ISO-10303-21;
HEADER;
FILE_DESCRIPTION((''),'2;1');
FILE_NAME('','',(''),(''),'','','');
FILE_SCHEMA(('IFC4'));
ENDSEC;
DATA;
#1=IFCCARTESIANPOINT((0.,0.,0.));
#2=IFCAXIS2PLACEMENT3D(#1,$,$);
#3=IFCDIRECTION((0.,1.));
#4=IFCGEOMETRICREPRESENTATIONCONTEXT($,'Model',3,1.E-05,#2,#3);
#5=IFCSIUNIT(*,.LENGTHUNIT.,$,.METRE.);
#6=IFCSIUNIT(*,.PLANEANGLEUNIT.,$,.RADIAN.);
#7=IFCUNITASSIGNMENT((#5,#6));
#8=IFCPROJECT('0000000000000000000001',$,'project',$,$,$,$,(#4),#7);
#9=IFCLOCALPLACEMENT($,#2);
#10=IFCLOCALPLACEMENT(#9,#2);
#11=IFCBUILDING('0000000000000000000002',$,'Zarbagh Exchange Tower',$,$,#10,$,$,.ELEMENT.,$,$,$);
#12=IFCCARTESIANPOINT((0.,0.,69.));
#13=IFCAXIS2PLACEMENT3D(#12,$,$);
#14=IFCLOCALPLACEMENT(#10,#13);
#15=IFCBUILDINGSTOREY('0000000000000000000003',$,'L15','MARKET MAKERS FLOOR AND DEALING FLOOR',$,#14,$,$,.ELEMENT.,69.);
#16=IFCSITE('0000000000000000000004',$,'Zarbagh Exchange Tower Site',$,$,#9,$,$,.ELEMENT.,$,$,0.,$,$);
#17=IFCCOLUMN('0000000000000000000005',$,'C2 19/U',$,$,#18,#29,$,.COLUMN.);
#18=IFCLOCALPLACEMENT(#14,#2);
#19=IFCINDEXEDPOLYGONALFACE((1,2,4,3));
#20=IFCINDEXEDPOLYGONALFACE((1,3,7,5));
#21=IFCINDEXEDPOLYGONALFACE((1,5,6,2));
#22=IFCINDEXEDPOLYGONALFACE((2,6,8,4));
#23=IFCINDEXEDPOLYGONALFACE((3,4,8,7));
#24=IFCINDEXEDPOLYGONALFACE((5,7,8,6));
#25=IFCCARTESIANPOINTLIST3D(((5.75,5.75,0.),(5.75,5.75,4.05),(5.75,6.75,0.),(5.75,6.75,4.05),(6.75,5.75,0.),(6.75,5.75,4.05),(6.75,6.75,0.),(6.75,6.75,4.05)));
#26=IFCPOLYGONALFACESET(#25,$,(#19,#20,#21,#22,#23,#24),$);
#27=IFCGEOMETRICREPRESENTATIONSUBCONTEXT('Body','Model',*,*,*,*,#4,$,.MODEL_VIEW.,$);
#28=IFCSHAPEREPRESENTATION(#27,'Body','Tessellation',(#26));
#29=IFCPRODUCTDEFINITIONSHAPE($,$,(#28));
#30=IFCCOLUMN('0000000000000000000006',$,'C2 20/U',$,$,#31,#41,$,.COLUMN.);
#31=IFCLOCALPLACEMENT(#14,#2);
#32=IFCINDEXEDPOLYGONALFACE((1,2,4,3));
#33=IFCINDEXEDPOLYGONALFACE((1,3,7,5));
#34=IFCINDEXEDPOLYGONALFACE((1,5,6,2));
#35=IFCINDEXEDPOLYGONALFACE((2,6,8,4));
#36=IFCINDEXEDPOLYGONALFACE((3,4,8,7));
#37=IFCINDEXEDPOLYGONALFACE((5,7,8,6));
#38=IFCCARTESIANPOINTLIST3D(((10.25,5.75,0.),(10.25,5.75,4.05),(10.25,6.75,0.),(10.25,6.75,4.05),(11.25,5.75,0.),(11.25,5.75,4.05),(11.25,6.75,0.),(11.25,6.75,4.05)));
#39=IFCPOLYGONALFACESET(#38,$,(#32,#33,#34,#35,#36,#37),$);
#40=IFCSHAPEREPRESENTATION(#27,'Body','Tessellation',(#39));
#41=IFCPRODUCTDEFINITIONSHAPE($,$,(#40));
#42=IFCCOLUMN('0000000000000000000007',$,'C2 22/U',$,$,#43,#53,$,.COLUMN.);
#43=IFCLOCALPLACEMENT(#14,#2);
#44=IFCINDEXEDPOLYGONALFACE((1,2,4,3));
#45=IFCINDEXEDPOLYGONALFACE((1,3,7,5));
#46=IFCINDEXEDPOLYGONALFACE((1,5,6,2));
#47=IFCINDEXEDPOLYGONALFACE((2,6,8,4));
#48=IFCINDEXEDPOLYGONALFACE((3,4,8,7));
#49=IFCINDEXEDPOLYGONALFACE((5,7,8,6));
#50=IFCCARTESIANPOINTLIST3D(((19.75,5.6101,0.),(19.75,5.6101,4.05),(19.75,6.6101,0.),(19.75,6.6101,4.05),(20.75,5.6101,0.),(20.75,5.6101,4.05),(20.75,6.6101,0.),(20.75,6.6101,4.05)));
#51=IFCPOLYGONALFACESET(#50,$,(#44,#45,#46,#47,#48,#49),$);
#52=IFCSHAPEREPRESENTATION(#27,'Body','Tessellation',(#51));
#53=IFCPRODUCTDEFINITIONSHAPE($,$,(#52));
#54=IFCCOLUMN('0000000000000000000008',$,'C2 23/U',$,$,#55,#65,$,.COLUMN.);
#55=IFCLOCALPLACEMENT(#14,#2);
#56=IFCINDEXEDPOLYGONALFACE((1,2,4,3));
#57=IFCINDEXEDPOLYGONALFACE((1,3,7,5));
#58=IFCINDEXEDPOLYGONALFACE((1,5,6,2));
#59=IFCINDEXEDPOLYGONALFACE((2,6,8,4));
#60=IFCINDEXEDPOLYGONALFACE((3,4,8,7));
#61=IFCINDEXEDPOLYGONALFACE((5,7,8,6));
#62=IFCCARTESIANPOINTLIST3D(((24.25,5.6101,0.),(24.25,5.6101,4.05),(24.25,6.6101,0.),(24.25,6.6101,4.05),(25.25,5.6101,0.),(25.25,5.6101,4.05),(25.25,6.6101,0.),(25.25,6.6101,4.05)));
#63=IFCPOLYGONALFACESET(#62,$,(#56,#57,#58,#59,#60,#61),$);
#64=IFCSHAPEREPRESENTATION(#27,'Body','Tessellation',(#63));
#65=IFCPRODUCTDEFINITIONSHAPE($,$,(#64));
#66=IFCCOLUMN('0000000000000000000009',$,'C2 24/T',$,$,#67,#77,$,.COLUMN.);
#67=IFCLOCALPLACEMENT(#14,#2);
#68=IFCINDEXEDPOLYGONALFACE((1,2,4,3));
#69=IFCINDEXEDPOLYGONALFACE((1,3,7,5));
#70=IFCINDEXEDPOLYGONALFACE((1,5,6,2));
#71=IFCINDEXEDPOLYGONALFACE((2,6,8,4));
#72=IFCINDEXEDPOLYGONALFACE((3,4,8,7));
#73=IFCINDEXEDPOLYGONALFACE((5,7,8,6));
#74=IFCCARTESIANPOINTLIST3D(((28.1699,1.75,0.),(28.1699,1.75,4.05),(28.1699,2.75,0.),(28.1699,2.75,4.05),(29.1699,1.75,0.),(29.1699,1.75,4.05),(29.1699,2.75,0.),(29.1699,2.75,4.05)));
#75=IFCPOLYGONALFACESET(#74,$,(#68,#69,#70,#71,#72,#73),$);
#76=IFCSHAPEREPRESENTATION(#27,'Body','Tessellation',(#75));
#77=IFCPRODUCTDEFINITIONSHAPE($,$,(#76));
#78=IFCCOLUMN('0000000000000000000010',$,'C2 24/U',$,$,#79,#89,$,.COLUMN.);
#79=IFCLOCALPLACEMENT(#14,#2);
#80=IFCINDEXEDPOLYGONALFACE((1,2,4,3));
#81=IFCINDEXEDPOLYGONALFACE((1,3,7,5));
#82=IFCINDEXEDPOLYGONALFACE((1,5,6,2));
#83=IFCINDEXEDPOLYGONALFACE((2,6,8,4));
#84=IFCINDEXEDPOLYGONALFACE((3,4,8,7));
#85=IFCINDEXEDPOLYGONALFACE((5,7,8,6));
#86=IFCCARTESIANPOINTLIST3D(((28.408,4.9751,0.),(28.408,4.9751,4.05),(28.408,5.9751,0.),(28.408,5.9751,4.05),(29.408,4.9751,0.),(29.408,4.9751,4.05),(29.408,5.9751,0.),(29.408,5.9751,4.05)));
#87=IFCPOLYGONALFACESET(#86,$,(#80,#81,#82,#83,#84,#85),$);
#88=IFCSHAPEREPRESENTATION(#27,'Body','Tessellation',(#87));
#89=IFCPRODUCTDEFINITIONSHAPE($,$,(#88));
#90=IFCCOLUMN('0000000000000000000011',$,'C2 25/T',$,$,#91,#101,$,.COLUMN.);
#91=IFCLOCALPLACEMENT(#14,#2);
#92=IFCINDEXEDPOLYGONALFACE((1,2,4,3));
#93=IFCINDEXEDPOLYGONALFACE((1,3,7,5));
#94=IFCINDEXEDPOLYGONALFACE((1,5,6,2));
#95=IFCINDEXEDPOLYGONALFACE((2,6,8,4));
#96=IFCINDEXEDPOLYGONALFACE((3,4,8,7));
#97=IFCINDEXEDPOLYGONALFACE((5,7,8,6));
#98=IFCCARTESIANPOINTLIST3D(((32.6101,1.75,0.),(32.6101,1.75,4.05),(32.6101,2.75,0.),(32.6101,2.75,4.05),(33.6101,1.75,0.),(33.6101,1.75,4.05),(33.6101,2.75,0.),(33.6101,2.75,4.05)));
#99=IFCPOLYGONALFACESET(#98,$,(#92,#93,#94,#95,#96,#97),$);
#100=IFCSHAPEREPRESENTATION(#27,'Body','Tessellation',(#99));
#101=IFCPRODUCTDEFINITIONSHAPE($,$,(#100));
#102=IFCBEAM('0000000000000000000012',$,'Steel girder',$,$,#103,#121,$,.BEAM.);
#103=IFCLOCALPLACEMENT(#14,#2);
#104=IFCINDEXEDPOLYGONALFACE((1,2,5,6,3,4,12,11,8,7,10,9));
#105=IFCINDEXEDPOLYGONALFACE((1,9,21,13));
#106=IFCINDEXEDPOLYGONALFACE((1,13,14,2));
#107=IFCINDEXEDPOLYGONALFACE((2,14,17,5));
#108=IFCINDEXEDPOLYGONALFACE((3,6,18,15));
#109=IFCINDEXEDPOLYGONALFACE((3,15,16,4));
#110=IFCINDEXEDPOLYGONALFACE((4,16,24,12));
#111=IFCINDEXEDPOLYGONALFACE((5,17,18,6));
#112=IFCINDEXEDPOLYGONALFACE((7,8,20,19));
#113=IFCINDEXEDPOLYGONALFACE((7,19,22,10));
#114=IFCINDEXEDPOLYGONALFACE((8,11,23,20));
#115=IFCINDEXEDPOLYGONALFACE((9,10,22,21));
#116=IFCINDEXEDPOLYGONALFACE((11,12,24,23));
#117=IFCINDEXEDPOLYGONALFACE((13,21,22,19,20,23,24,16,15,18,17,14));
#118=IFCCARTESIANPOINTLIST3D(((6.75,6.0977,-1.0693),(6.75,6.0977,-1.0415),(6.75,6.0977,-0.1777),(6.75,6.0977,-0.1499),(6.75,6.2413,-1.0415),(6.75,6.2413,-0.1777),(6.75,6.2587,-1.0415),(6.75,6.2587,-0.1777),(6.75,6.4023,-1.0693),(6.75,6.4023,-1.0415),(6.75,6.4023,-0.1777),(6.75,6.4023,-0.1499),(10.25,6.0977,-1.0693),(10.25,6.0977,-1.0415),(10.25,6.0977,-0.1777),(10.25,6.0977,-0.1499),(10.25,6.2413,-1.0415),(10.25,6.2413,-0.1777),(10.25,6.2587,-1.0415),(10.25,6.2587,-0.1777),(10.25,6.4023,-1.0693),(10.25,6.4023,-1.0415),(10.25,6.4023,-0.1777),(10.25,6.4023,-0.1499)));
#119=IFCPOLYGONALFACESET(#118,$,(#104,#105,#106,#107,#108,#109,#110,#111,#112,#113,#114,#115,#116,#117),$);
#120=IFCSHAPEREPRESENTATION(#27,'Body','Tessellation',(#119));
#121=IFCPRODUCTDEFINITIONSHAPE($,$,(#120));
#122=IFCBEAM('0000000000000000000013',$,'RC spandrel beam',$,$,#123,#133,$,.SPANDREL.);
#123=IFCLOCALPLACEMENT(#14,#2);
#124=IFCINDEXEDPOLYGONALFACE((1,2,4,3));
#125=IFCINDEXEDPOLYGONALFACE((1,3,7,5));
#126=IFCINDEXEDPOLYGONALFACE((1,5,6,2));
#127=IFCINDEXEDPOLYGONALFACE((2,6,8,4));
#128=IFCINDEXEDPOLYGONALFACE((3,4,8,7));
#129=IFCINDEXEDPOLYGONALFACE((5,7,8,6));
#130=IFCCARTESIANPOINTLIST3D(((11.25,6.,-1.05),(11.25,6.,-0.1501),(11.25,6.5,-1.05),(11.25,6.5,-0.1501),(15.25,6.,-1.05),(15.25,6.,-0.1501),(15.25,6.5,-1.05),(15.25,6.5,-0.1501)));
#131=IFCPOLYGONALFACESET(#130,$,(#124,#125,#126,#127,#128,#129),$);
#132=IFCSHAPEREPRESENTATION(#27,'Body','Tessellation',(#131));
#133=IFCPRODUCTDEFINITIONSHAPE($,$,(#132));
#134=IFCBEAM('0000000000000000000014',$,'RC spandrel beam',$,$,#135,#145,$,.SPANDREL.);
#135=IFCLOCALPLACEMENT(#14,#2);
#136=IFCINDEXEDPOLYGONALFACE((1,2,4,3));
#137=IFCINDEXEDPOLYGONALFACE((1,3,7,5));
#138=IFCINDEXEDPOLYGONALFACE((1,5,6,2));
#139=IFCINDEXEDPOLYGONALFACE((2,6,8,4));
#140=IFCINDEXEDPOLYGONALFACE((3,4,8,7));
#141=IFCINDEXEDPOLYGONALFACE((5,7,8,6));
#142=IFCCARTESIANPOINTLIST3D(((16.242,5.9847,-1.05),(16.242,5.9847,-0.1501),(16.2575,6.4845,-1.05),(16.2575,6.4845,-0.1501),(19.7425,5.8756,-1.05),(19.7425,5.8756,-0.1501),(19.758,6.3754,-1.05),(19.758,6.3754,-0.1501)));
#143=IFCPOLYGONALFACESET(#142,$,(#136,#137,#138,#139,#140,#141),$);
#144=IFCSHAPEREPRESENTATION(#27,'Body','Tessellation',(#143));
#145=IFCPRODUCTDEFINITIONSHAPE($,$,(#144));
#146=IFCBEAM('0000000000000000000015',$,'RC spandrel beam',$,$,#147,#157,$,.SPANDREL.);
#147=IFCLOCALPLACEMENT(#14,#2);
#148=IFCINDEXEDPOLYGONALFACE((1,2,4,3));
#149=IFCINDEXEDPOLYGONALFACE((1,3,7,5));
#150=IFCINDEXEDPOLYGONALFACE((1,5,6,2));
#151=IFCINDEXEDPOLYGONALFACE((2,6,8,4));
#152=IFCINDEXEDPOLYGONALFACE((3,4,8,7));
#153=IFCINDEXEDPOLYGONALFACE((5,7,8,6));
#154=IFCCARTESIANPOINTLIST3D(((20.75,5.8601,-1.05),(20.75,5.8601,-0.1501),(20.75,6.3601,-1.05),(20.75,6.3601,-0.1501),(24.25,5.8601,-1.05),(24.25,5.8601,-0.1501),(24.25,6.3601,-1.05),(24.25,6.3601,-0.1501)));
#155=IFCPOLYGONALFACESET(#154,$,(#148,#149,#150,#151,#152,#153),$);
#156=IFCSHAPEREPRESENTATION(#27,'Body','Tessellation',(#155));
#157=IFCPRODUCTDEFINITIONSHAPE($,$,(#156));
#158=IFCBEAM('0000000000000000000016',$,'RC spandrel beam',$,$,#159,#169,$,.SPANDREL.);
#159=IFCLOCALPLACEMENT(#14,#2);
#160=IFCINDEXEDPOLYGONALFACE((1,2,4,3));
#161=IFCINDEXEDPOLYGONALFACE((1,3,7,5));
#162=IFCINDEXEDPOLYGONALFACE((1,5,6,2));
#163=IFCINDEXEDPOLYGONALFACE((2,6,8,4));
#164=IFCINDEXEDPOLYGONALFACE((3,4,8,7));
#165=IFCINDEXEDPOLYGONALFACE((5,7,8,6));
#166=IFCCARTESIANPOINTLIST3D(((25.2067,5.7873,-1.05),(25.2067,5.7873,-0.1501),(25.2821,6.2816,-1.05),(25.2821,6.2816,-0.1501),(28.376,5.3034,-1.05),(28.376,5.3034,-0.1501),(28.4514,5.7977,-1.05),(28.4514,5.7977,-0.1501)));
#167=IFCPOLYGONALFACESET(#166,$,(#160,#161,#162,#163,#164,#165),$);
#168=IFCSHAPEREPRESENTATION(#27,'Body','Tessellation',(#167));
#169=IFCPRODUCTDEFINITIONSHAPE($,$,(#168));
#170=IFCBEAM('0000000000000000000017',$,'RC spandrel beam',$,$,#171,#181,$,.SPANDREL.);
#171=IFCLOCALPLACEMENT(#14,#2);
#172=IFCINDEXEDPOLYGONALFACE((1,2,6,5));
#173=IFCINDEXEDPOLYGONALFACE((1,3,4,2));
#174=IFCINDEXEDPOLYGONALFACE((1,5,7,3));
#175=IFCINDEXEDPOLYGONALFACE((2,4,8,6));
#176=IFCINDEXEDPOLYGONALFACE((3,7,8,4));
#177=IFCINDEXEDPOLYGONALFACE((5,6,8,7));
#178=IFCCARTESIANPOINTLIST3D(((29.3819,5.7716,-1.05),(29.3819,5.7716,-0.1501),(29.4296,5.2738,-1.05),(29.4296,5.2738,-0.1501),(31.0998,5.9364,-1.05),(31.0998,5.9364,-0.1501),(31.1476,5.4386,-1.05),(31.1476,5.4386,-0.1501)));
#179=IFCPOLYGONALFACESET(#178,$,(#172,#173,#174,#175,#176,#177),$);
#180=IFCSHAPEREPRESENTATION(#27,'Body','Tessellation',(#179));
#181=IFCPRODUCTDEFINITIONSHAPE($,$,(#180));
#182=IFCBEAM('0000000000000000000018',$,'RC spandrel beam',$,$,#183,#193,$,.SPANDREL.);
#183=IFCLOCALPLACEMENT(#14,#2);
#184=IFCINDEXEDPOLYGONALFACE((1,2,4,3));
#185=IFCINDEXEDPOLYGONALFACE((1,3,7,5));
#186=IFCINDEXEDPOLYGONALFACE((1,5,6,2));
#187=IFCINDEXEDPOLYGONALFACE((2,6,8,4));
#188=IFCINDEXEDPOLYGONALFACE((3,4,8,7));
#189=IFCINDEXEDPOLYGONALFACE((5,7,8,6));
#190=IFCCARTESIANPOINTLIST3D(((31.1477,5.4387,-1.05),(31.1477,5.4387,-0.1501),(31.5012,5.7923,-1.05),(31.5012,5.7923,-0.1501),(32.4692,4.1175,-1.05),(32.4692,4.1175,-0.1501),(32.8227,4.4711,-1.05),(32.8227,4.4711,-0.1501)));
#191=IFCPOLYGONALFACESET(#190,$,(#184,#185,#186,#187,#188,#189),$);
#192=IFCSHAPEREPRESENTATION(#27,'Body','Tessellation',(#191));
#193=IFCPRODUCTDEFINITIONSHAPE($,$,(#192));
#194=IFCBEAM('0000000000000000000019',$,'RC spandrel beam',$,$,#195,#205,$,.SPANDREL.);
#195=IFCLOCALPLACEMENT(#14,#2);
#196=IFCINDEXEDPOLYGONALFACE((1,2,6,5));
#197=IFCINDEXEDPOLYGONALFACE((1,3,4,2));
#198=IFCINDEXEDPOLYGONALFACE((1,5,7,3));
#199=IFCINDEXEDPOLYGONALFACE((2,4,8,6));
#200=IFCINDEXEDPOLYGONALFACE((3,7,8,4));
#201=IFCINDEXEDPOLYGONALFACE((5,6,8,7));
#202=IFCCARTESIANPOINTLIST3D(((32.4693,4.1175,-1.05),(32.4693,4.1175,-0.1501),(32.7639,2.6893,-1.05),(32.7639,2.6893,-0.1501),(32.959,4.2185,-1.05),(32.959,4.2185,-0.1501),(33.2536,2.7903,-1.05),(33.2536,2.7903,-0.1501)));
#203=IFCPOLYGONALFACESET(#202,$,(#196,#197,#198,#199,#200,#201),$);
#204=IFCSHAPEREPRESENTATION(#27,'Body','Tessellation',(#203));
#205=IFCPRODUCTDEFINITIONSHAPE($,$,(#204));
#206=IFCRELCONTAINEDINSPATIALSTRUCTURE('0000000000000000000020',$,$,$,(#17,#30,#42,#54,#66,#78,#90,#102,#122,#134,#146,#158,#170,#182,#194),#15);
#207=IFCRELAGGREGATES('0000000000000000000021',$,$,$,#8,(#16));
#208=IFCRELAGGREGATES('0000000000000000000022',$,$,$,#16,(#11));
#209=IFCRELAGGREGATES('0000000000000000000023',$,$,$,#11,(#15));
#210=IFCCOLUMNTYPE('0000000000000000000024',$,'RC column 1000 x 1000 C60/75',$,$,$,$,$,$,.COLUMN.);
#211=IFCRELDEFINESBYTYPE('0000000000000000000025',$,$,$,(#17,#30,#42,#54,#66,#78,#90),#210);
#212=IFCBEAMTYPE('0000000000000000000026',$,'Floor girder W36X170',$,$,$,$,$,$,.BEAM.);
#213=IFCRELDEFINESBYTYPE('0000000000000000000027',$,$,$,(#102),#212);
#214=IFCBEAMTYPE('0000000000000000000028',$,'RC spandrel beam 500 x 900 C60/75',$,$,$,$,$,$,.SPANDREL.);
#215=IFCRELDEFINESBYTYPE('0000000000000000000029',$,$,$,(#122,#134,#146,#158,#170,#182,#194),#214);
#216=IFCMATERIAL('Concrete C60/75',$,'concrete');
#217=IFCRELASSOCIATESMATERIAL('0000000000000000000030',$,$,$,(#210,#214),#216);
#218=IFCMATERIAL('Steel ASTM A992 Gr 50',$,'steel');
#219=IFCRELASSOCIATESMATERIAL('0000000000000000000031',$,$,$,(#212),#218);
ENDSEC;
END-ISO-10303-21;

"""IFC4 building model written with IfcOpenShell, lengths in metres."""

from ifc_helpers import new_model, si_unit, direction, frame, origin, origin_2d, place, context, subcontext, project, spatial, rectangle, i_section, extrude, material, material_profile, profile_set, type_object, element, save


model = new_model("IFC4")

# Units and contexts
model_context = context("Model", 3, precision=1e-05, world=origin(), true_north=direction((0.0, 1.0)))
body_context = subcontext(model_context, "Body", "Model", "MODEL_VIEW")
ifc_project = project(units=[si_unit("LENGTHUNIT", "METRE"), si_unit("PLANEANGLEUNIT", "RADIAN")], contexts=[model_context])

# Site, building, storey
site_placement = place(None, origin())
site = spatial("IfcSite", under=ifc_project, at=site_placement, Name="Zarbagh Exchange Tower Site", CompositionType="ELEMENT", RefElevation=0.0)
building_placement = place(site_placement, origin())
building = spatial("IfcBuilding", under=site, at=building_placement, Name="Zarbagh Exchange Tower", CompositionType="ELEMENT")
storey_placement = place(building_placement, frame((0.0, 0.0, 69.0)))
storey = spatial("IfcBuildingStorey", under=building, at=storey_placement, Name="L15", Description="MARKET MAKERS FLOOR AND DEALING FLOOR", CompositionType="ELEMENT", Elevation=69.0)

# Columns
ifc_material_1 = material(Name="Concrete C60/75", Category="concrete")
ifc_material_profile_1 = material_profile(ifc_material_1, rectangle(XDim=1.0, YDim=1.0, at=origin_2d()), Name="RC column 1000 x 1000 C60/75")
ifc_profile_set_1 = profile_set([ifc_material_profile_1], Name="Concrete C60/75")
column_type = type_object("IfcColumnType", Name="RC column 1000 x 1000 C60/75", PredefinedType="COLUMN", material=ifc_profile_set_1)
for number, where, z_axis, x_axis, name in (
    (1, (6.25, 6.25, 0.0), (0.0, 0.0, 1.0), (1.0, 0.0, 0.0), "C2 19/U"),
    (2, (10.75, 6.25, 0.0), (0.0, 0.0, 1.0), (1.0, 0.0, 0.0), "C2 20/U"),
    (3, (20.25, 6.1101, 0.0), (0.0, 0.0, 1.0), (1.0, 0.0, 0.0), "C2 22/U"),
    (4, (24.75, 6.1101, 0.0), (0.0, 0.0, 1.0), (1.0, 0.0, 0.0), "C2 23/U"),
    (5, (28.6699, 2.25, 0.0), (0.0, 0.0, 1.0), (1.0, 0.0, 0.0), "C2 24/T"),
    (6, (28.908, 5.4751, 0.0), (0.0, 0.0, 1.0), (1.0, 0.0, 0.0), "C2 24/U"),
    (7, (33.1101, 2.25, 0.0), (0.0, 0.0, 1.0), (1.0, 0.0, 0.0), "C2 25/T"),
):
    element("IfcColumn", number, at=place(storey_placement, frame(where, z_axis=z_axis, x_axis=x_axis)), inside=storey, type_object=column_type, Name=name, PredefinedType="COLUMN", context=body_context, shape_type="SweptSolid", body=[
        extrude(rectangle(XDim=1.0, YDim=1.0, at=origin_2d()), origin(), (0.0, 0.0, 1.0), 4.05),
    ])

# Beams
ifc_material_2 = material(Name="Steel ASTM A992 Gr 50", Category="steel")
ifc_material_profile_2 = material_profile(ifc_material_2, i_section(OverallWidth=0.3047, OverallDepth=0.9194, WebThickness=0.0173, FlangeThickness=0.0278, at=origin_2d()), Name="W36X170")
ifc_profile_set_2 = profile_set([ifc_material_profile_2], Name="Steel ASTM A992 Gr 50")
beam_type_1 = type_object("IfcBeamType", Name="Floor girder W36X170", PredefinedType="BEAM", material=ifc_profile_set_2)
beam_1_placement = place(storey_placement, frame((6.75, 6.25, -0.6096), z_axis=(1.0, 0.0, 0.0), x_axis=(0.0, 1.0, 0.0)))
element("IfcBeam", 8, at=beam_1_placement, inside=storey, type_object=beam_type_1, Name="Steel girder", PredefinedType="BEAM", context=body_context, shape_type="SweptSolid", body=[
    extrude(i_section(OverallWidth=0.3047, OverallDepth=0.9194, WebThickness=0.0173, FlangeThickness=0.0278, at=origin_2d()), origin(), (0.0, 0.0, 1.0), 3.5),
])
ifc_material_profile_3 = material_profile(ifc_material_1, rectangle(XDim=0.5, YDim=0.8999, at=origin_2d()), Name="RC spandrel beam 500 x 900 C60/75")
ifc_profile_set_3 = profile_set([ifc_material_profile_3], Name="Concrete C60/75")
beam_type_2 = type_object("IfcBeamType", Name="RC spandrel beam 500 x 900 C60/75", PredefinedType="SPANDREL", material=ifc_profile_set_3)
beam_2_placement = place(storey_placement, frame((11.25, 6.25, -0.6001), z_axis=(1.0, 0.0, 0.0), x_axis=(0.0, 1.0, 0.0)))
element("IfcBeam", 9, at=beam_2_placement, inside=storey, type_object=beam_type_2, Name="RC spandrel beam", PredefinedType="SPANDREL", context=body_context, shape_type="SweptSolid", body=[
    extrude(rectangle(XDim=0.5, YDim=0.8999, at=origin_2d()), origin(), (0.0, 0.0, 1.0), 4.0),
])
beam_3_placement = place(storey_placement, frame((16.2498, 6.2346, -0.6001), z_axis=(0.999514, -0.031161, 0.0), x_axis=(0.031161, 0.999514, 0.0)))
element("IfcBeam", 10, at=beam_3_placement, inside=storey, type_object=beam_type_2, Name="RC spandrel beam", PredefinedType="SPANDREL", context=body_context, shape_type="SweptSolid", body=[
    extrude(rectangle(XDim=0.5, YDim=0.8999, at=origin_2d()), origin(), (0.0, 0.0, 1.0), 3.5022),
])
beam_4_placement = place(storey_placement, frame((20.75, 6.1101, -0.6001), z_axis=(1.0, 0.0, 0.0), x_axis=(0.0, 1.0, 0.0)))
element("IfcBeam", 11, at=beam_4_placement, inside=storey, type_object=beam_type_2, Name="RC spandrel beam", PredefinedType="SPANDREL", context=body_context, shape_type="SweptSolid", body=[
    extrude(rectangle(XDim=0.5, YDim=0.8999, at=origin_2d()), origin(), (0.0, 0.0, 1.0), 3.5),
])
beam_5_placement = place(storey_placement, frame((25.2444, 6.0344, -0.6001), z_axis=(0.988545, -0.150924, 0.0), x_axis=(0.150924, 0.988545, 0.0)))
element("IfcBeam", 12, at=beam_5_placement, inside=storey, type_object=beam_type_2, Name="RC spandrel beam", PredefinedType="SPANDREL", context=body_context, shape_type="SweptSolid", body=[
    extrude(rectangle(XDim=0.5, YDim=0.8999, at=origin_2d()), origin(), (0.0, 0.0, 1.0), 3.2061),
])
beam_6_placement = place(storey_placement, frame((29.4058, 5.5227, -0.6001), z_axis=(0.995431, 0.095483, 0.0), x_axis=(-0.095483, 0.995431, 0.0)))
element("IfcBeam", 13, at=beam_6_placement, inside=storey, type_object=beam_type_2, Name="RC spandrel beam", PredefinedType="SPANDREL", context=body_context, shape_type="SweptSolid", body=[
    extrude(rectangle(XDim=0.5, YDim=0.8999, at=origin_2d()), origin(), (0.0, 0.0, 1.0), 1.7258),
])
beam_7_placement = place(storey_placement, frame((31.3245, 5.6155, -0.6001), z_axis=(0.707172, -0.707041, 0.0), x_axis=(0.707041, 0.707172, 0.0)))
element("IfcBeam", 14, at=beam_7_placement, inside=storey, type_object=beam_type_2, Name="RC spandrel beam", PredefinedType="SPANDREL", context=body_context, shape_type="SweptSolid", body=[
    extrude(rectangle(XDim=0.5, YDim=0.8999, at=origin_2d()), origin(), (0.0, 0.0, 1.0), 1.8687),
])
beam_8_placement = place(storey_placement, frame((32.7141, 4.168, -0.6001), z_axis=(0.202069, -0.979371, 0.0), x_axis=(0.979371, 0.202069, 0.0)))
element("IfcBeam", 15, at=beam_8_placement, inside=storey, type_object=beam_type_2, Name="RC spandrel beam", PredefinedType="SPANDREL", context=body_context, shape_type="SweptSolid", body=[
    extrude(rectangle(XDim=0.5, YDim=0.8999, at=origin_2d()), origin(), (0.0, 0.0, 1.0), 1.4583),
])

save(model, "model.ifc")
